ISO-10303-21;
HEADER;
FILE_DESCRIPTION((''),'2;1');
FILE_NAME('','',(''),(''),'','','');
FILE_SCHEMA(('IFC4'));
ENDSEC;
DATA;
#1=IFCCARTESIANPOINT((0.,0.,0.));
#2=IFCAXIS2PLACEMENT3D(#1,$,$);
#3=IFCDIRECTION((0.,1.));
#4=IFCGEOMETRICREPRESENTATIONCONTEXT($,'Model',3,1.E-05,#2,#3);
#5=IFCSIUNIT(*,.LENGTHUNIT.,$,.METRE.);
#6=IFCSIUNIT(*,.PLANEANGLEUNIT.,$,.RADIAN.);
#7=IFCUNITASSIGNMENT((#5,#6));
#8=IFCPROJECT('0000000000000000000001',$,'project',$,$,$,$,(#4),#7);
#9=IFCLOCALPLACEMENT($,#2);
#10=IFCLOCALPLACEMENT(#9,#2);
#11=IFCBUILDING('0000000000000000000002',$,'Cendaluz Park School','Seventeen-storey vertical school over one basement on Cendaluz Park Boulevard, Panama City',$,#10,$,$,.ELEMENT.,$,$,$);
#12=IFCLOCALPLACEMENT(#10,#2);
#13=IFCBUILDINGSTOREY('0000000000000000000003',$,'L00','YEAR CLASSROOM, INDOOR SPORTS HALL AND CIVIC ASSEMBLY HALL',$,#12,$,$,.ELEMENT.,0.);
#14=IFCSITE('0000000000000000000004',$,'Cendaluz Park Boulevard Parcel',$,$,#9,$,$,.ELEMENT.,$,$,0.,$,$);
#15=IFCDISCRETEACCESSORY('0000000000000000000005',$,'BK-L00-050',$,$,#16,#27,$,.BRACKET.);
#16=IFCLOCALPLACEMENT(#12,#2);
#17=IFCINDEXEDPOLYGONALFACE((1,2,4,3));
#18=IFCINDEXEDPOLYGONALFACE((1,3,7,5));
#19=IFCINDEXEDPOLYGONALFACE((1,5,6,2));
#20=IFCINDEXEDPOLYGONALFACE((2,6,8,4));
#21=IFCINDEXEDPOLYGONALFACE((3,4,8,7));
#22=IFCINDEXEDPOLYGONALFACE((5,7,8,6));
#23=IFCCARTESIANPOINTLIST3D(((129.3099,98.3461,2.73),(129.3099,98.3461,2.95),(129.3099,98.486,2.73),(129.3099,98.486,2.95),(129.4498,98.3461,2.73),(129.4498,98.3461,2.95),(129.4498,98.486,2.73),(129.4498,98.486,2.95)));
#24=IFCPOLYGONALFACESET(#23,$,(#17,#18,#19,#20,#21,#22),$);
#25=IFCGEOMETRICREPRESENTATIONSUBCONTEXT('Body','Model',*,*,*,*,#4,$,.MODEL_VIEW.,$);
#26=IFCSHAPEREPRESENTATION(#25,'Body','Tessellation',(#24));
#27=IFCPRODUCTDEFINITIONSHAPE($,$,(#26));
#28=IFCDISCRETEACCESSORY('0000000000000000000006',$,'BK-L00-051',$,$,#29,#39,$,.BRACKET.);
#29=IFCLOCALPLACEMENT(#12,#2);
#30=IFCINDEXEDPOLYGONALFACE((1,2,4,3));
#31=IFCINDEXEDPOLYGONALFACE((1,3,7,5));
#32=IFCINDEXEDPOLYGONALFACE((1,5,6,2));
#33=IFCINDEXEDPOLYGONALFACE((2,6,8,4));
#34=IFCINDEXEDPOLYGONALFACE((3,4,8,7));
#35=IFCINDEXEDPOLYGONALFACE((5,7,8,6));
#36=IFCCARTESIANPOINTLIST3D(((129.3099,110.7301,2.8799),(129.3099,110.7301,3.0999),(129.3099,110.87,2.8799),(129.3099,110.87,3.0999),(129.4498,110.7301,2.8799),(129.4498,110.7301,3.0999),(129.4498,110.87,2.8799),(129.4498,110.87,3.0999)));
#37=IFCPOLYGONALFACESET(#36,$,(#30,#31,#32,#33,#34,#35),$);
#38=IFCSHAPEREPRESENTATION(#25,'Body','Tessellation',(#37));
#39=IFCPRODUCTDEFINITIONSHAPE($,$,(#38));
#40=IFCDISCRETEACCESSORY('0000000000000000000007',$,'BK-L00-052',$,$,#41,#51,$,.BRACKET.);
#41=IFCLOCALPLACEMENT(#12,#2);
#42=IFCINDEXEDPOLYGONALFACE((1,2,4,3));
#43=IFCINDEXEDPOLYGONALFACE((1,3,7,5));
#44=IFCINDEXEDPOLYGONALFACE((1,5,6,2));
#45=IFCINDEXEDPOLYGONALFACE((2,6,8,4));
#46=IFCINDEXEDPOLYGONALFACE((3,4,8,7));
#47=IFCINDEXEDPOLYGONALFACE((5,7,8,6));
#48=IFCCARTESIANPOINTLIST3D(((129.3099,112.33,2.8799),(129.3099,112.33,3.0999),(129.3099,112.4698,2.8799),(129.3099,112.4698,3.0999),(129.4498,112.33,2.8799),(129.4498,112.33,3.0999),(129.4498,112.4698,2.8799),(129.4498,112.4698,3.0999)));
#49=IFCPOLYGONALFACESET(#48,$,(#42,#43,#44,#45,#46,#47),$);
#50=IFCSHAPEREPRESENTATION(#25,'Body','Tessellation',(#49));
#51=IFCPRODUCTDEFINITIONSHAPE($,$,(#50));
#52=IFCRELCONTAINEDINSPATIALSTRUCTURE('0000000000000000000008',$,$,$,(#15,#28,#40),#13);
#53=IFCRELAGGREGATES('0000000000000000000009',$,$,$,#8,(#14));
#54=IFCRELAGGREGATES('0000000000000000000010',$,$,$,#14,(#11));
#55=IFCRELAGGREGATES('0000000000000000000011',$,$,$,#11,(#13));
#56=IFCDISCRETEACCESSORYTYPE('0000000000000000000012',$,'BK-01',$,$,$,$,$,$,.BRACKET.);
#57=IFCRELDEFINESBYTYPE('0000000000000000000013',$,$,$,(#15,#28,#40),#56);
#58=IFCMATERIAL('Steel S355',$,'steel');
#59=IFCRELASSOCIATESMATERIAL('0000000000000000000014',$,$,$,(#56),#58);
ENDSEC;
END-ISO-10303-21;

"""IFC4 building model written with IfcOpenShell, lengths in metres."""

from ifc_helpers import new_model, si_unit, direction, frame, origin, origin_2d, place, context, subcontext, project, spatial, rectangle, extrude, material, type_object, element, save


model = new_model("IFC4")

# Units and contexts
model_context = context("Model", 3, precision=1e-05, world=origin(), true_north=direction((0.0, 1.0)))
body_context = subcontext(model_context, "Body", "Model", "MODEL_VIEW")
ifc_project = project(units=[si_unit("LENGTHUNIT", "METRE"), si_unit("PLANEANGLEUNIT", "RADIAN")], contexts=[model_context])

# Site, building, storey
site_placement = place(None, origin())
site = spatial("IfcSite", under=ifc_project, at=site_placement, Name="Cendaluz Park Boulevard Parcel", CompositionType="ELEMENT", RefElevation=0.0)
building_placement = place(site_placement, origin())
building = spatial("IfcBuilding", under=site, at=building_placement, Name="Cendaluz Park School", Description="Seventeen-storey vertical school over one basement on Cendaluz Park Boulevard, Panama City", CompositionType="ELEMENT")
storey_placement = place(building_placement, origin())
storey = spatial("IfcBuildingStorey", under=building, at=storey_placement, Name="L00", Description="YEAR CLASSROOM, INDOOR SPORTS HALL AND CIVIC ASSEMBLY HALL", CompositionType="ELEMENT", Elevation=0.0)

# Discrete accessories
ifc_material_1 = material(Name="Steel S355", Category="steel")
discrete_accessory_type = type_object("IfcDiscreteAccessoryType", Name="BK-01", PredefinedType="BRACKET", material=ifc_material_1)
for number, where, z_axis, x_axis, name in (
    (1, (129.3799, 98.416, 2.73), (0.0, 0.0, 1.0), (0.0, 1.0, 0.0), "BK-L00-050"),
    (2, (129.3799, 110.8, 2.8799), (0.0, 0.0, 1.0), (0.0, 1.0, 0.0), "BK-L00-051"),
    (3, (129.3799, 112.3999, 2.8799), (0.0, 0.0, 1.0), (0.0, 1.0, 0.0), "BK-L00-052"),
):
    element("IfcDiscreteAccessory", number, at=place(storey_placement, frame(where, z_axis=z_axis, x_axis=x_axis)), inside=storey, type_object=discrete_accessory_type, Name=name, PredefinedType="BRACKET", context=body_context, shape_type="SweptSolid", body=[
        extrude(rectangle(XDim=0.1399, YDim=0.1399, at=origin_2d()), origin(), (0.0, 0.0, 1.0), 0.22),
    ])

save(model, "model.ifc")
